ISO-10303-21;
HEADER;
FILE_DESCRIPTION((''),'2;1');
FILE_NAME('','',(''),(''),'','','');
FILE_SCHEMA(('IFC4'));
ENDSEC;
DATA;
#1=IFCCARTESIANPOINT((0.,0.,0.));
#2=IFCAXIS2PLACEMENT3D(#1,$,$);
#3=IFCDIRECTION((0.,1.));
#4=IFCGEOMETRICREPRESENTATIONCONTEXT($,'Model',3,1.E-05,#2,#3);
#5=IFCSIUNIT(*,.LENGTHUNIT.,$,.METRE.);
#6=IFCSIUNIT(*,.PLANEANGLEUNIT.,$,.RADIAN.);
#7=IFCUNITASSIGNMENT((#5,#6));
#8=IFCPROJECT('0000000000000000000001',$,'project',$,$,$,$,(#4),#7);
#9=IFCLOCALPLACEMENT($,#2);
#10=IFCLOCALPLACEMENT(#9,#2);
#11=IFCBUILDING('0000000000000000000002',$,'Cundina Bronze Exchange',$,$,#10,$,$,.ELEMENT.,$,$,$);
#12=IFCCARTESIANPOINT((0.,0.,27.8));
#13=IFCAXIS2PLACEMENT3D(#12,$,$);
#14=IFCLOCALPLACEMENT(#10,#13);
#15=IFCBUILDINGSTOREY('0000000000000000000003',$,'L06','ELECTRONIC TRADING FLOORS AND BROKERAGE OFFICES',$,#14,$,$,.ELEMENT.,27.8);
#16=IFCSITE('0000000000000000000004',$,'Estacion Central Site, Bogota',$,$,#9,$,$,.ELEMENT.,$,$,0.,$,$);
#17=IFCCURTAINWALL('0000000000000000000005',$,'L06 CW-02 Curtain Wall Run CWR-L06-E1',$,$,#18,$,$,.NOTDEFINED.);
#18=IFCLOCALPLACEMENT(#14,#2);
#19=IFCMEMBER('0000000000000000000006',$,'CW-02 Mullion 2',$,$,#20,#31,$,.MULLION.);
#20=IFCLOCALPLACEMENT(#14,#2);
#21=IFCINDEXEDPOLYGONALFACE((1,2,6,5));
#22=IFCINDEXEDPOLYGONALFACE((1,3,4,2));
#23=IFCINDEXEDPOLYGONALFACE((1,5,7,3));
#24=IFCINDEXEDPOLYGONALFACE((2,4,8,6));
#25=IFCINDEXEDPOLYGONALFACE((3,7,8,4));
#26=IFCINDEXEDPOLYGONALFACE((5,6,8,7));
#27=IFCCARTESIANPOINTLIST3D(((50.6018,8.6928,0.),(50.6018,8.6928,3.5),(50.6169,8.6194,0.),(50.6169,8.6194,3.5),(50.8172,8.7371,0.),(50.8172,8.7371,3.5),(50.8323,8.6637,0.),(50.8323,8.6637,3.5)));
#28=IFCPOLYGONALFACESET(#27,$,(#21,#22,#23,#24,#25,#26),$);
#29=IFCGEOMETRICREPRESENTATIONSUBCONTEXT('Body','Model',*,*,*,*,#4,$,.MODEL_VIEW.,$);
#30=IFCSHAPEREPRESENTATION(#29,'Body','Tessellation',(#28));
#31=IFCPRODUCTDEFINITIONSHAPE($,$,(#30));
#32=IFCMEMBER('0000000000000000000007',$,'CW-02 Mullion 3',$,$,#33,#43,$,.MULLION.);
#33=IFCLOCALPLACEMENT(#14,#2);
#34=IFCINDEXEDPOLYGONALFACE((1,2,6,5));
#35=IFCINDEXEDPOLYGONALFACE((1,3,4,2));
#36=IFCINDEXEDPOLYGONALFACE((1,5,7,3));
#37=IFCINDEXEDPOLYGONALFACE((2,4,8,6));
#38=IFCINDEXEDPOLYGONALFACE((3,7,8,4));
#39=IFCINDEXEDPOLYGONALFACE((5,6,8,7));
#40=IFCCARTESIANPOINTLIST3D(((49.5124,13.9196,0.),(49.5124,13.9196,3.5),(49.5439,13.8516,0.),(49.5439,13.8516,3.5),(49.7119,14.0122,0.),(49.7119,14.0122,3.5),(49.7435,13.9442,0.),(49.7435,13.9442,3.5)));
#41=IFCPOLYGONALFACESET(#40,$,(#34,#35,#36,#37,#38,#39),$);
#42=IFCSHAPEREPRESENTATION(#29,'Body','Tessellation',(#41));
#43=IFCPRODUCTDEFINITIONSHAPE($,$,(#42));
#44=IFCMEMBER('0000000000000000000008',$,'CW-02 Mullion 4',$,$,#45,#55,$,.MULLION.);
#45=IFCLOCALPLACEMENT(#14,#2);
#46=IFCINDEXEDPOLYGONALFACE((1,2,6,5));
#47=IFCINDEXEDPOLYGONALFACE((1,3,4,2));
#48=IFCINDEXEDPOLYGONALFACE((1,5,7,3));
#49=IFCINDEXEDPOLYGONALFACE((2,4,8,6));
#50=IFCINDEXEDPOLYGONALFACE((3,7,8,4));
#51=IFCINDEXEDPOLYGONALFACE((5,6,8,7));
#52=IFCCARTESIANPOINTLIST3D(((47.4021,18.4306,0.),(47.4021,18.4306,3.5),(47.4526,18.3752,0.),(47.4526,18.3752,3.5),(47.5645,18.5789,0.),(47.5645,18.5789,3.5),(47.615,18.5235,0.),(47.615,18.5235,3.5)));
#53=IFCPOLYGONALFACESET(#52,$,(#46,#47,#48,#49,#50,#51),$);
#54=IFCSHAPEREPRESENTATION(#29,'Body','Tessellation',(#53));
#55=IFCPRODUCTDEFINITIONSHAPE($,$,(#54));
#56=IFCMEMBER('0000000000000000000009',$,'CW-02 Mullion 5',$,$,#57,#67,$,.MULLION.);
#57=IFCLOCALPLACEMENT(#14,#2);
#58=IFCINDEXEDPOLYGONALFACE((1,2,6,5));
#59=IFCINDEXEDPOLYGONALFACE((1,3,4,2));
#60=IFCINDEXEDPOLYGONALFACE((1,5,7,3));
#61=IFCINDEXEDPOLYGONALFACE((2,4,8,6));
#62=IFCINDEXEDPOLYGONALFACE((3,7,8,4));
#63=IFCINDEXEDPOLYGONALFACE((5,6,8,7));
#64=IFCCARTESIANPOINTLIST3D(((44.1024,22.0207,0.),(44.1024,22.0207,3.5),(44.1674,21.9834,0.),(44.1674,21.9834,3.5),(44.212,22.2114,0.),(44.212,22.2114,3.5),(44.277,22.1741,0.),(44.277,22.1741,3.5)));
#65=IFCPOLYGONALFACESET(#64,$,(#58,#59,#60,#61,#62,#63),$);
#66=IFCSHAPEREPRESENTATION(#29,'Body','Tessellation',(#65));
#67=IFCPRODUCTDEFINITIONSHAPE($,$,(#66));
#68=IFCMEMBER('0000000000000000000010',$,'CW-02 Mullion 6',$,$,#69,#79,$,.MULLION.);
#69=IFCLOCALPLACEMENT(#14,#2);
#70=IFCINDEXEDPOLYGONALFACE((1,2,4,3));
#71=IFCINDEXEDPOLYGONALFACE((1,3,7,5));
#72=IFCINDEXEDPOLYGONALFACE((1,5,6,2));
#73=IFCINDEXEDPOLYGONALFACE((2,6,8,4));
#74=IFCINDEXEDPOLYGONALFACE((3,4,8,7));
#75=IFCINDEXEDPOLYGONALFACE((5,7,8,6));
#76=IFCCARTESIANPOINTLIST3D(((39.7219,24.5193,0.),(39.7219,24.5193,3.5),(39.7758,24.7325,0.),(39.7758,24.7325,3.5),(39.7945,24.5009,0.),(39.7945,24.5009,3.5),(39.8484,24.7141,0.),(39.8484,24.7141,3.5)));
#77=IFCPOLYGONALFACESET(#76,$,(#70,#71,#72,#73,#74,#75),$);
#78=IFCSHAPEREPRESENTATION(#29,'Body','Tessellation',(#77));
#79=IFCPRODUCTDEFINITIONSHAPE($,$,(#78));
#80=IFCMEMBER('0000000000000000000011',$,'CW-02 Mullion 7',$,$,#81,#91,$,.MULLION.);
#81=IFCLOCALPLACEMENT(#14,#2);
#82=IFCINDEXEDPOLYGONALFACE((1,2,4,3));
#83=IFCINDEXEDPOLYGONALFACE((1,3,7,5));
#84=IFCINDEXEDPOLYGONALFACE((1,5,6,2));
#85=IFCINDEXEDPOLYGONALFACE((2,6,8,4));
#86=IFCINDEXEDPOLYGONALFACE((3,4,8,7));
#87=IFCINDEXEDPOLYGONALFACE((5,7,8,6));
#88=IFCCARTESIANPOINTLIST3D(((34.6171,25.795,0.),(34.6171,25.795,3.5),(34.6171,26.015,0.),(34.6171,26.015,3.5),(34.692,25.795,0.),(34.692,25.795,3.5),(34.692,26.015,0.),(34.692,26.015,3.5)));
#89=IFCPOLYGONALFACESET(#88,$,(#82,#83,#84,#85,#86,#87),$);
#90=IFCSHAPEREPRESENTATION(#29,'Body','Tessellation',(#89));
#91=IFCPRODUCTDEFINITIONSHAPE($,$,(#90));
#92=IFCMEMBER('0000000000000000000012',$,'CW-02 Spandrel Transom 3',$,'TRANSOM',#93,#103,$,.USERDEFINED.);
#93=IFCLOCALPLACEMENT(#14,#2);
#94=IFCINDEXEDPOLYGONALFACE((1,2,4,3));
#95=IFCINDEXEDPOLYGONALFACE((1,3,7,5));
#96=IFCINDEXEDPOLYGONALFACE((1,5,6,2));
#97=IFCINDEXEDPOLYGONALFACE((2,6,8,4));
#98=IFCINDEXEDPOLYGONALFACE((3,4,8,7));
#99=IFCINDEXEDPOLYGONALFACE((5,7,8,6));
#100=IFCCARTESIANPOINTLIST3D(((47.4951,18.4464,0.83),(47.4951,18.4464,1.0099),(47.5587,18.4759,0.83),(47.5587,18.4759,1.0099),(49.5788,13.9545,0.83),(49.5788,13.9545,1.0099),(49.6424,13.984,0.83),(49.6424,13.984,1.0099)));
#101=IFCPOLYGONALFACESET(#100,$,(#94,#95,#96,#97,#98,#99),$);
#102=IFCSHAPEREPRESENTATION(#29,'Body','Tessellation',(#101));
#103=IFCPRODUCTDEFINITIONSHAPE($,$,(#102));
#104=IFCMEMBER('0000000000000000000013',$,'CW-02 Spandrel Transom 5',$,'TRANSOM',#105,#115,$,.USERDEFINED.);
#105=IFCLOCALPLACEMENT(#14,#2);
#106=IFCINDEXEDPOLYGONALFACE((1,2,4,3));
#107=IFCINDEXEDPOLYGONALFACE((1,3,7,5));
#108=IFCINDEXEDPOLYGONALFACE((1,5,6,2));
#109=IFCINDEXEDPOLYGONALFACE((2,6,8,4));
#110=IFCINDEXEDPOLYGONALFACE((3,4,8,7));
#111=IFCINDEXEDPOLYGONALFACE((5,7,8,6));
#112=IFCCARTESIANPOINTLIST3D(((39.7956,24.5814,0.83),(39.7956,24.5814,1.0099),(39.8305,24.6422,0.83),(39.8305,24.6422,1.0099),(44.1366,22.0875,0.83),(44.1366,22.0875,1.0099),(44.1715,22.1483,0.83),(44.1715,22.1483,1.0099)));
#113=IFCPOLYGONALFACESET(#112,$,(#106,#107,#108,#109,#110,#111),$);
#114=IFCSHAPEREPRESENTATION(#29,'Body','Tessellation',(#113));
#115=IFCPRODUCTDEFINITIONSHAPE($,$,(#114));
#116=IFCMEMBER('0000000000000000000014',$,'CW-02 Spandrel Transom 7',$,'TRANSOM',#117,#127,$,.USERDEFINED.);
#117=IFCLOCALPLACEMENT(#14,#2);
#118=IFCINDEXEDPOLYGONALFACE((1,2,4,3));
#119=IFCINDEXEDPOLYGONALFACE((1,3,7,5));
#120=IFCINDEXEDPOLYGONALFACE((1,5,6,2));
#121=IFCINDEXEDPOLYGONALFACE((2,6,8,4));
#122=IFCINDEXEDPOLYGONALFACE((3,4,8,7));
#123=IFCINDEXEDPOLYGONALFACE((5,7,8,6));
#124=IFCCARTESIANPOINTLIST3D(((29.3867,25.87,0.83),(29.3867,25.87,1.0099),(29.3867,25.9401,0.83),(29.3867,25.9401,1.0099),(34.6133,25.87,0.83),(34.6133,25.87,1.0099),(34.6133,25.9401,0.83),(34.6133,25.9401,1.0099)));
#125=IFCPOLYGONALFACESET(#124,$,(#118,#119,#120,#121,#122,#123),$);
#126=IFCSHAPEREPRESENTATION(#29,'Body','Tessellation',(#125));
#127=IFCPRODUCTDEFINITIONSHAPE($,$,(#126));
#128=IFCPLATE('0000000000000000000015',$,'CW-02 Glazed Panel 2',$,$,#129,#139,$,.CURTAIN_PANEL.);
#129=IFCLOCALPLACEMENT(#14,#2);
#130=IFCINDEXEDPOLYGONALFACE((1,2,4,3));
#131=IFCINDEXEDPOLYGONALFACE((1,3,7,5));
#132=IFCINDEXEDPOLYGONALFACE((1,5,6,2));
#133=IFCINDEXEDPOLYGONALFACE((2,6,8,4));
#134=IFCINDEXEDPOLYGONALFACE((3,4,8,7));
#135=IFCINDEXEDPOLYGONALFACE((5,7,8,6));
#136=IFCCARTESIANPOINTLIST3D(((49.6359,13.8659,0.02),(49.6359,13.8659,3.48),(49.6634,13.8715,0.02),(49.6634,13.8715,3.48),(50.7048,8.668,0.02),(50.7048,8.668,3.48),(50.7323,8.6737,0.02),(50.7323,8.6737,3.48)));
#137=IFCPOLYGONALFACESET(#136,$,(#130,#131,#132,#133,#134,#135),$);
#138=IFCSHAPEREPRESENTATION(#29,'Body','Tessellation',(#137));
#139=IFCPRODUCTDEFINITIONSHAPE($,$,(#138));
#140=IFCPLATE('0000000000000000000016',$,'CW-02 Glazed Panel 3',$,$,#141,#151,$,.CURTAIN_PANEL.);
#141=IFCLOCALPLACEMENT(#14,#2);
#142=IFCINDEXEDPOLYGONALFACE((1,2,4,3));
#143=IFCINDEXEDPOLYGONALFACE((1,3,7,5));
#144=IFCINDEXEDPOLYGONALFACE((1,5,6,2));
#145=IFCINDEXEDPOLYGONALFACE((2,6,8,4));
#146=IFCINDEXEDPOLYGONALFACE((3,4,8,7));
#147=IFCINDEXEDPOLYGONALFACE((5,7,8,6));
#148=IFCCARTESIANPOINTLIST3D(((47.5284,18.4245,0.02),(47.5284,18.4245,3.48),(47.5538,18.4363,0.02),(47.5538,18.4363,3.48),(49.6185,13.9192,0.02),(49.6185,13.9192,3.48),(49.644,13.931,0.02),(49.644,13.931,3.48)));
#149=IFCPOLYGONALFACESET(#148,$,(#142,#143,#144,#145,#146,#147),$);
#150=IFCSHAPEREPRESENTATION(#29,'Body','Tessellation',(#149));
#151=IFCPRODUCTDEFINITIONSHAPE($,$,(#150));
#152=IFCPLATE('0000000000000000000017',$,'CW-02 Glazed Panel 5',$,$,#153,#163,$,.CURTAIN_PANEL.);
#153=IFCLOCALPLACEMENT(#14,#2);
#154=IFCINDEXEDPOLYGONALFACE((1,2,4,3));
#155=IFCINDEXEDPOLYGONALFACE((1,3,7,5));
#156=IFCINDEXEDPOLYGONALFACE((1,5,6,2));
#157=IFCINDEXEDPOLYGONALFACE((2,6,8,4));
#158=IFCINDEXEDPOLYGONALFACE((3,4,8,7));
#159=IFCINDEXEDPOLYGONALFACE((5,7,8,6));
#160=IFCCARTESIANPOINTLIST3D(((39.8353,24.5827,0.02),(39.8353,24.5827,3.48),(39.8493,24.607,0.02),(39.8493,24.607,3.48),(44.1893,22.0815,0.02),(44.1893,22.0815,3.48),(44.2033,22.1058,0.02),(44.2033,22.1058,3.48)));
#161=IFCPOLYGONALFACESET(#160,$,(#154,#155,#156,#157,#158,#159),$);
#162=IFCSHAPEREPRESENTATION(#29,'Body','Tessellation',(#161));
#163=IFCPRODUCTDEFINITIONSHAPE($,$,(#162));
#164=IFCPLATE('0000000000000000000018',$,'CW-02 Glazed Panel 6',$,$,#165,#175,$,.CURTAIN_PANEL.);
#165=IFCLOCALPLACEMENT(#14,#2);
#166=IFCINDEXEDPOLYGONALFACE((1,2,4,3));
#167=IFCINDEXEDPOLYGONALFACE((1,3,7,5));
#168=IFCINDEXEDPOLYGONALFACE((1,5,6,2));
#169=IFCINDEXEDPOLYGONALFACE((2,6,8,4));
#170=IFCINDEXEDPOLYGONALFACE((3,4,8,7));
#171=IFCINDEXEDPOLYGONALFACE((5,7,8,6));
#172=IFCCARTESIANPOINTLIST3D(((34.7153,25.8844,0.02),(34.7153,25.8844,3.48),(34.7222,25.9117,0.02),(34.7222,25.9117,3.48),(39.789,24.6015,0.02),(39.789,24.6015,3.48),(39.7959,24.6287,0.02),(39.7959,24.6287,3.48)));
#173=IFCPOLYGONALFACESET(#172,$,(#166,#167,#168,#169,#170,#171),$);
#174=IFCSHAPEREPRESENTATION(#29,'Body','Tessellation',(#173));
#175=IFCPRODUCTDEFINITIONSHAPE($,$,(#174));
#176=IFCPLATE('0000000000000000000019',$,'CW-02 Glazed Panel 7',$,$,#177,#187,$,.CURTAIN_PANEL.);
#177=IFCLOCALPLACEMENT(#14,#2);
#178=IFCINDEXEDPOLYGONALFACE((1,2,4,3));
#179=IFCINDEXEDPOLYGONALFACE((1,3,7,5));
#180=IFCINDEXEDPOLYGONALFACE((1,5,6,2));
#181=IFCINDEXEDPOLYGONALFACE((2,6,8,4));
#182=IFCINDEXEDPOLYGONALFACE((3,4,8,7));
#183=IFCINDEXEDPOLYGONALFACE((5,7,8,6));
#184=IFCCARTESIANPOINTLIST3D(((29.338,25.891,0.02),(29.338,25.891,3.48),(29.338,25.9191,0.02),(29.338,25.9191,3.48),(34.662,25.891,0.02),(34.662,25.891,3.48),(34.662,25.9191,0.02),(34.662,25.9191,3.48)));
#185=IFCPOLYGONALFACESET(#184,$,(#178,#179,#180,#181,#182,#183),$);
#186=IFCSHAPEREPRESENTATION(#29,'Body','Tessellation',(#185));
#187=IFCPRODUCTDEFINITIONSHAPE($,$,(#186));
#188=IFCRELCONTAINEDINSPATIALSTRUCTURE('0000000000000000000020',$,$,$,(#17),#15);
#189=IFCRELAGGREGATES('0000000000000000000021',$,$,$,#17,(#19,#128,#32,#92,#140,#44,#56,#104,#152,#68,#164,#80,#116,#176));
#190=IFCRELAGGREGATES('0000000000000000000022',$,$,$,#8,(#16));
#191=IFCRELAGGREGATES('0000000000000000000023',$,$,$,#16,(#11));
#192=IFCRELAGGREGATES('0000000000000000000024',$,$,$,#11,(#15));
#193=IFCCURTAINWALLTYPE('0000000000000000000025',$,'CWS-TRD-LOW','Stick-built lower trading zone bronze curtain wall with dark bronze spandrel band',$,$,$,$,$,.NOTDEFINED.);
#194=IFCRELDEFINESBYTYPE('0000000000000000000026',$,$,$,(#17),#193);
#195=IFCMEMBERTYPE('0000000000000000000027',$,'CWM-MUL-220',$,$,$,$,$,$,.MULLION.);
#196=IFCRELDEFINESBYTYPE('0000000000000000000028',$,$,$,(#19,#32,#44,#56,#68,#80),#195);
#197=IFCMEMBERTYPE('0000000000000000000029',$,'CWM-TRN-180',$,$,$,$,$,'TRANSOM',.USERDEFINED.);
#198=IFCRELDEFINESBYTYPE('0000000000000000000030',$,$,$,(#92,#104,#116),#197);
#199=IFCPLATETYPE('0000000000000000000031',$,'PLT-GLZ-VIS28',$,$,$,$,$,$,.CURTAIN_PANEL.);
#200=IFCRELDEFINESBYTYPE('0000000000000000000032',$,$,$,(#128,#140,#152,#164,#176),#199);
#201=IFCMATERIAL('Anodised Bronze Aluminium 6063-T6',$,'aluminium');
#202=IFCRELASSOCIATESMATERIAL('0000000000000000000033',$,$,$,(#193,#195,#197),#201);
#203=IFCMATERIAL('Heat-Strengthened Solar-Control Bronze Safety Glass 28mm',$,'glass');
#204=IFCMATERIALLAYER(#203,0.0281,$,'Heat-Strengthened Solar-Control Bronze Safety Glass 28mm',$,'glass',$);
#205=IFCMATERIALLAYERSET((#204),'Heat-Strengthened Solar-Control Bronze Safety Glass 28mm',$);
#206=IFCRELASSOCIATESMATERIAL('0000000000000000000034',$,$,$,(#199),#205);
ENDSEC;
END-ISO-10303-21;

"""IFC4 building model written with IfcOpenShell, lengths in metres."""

from ifc_helpers import new_model, si_unit, direction, frame, origin, origin_2d, place, context, subcontext, project, spatial, rectangle, extrude, material, layer, layer_set, material_profile, profile_set, type_object, element, aggregate, save


model = new_model("IFC4")

# Units and contexts
model_context = context("Model", 3, precision=1e-05, world=origin(), true_north=direction((0.0, 1.0)))
body_context = subcontext(model_context, "Body", "Model", "MODEL_VIEW")
ifc_project = project(units=[si_unit("LENGTHUNIT", "METRE"), si_unit("PLANEANGLEUNIT", "RADIAN")], contexts=[model_context])

# Site, building, storey
site_placement = place(None, origin())
site = spatial("IfcSite", under=ifc_project, at=site_placement, Name="Estacion Central Site, Bogota", CompositionType="ELEMENT", RefElevation=0.0)
building_placement = place(site_placement, origin())
building = spatial("IfcBuilding", under=site, at=building_placement, Name="Cundina Bronze Exchange", CompositionType="ELEMENT")
storey_placement = place(building_placement, frame((0.0, 0.0, 27.8)))
storey = spatial("IfcBuildingStorey", under=building, at=storey_placement, Name="L06", Description="ELECTRONIC TRADING FLOORS AND BROKERAGE OFFICES", CompositionType="ELEMENT", Elevation=27.8)

# Curtain wall, members, plates
ifc_material_1 = material(Name="Anodised Bronze Aluminium 6063-T6", Category="aluminium")
curtain_wall_type = type_object("IfcCurtainWallType", Name="CWS-TRD-LOW", Description="Stick-built lower trading zone bronze curtain wall with dark bronze spandrel band", PredefinedType="NOTDEFINED", material=ifc_material_1)
curtain_wall_placement = place(storey_placement, origin())
curtain_wall = element("IfcCurtainWall", 1, at=curtain_wall_placement, inside=storey, type_object=curtain_wall_type, Name="L06 CW-02 Curtain Wall Run CWR-L06-E1", PredefinedType="NOTDEFINED")
ifc_material_profile_1 = material_profile(ifc_material_1, rectangle(XDim=0.075, YDim=0.22, at=origin_2d()), Name="AL75X220", Category="aluminium")
ifc_profile_set_1 = profile_set([ifc_material_profile_1], Name="Anodised Bronze Aluminium 6063-T6")
member_type_1 = type_object("IfcMemberType", Name="CWM-MUL-220", PredefinedType="MULLION", material=ifc_profile_set_1)
member_1_placement = place(storey_placement, frame((50.717, 8.6782, 0.0), z_axis=(0.0, 0.0, 1.0), x_axis=(-0.20142, 0.979505, 0.0)))
member_1 = element("IfcMember", 2, at=member_1_placement, type_object=member_type_1, Name="CW-02 Mullion 2", PredefinedType="MULLION", context=body_context, shape_type="SweptSolid", body=[
    extrude(rectangle(XDim=0.075, YDim=0.22, at=origin_2d()), origin(), (0.0, 0.0, 1.0), 3.5),
])
member_2_placement = place(storey_placement, frame((49.6279, 13.9319, 0.0), z_axis=(0.0, 0.0, 1.0), x_axis=(-0.420877, 0.907117, 0.0)))
member_2 = element("IfcMember", 3, at=member_2_placement, type_object=member_type_1, Name="CW-02 Mullion 3", PredefinedType="MULLION", context=body_context, shape_type="SweptSolid", body=[
    extrude(rectangle(XDim=0.075, YDim=0.22, at=origin_2d()), origin(), (0.0, 0.0, 1.0), 3.5),
])
member_3_placement = place(storey_placement, frame((47.5085, 18.4771, 0.0), z_axis=(0.0, 0.0, 1.0), x_axis=(-0.674302, 0.738455, 0.0)))
member_3 = element("IfcMember", 4, at=member_3_placement, type_object=member_type_1, Name="CW-02 Mullion 4", PredefinedType="MULLION", context=body_context, shape_type="SweptSolid", body=[
    extrude(rectangle(XDim=0.075, YDim=0.22, at=origin_2d()), origin(), (0.0, 0.0, 1.0), 3.5),
])
member_4_placement = place(storey_placement, frame((44.1897, 22.0974, 0.0), z_axis=(0.0, 0.0, 1.0), x_axis=(-0.867071, 0.498185, 0.0)))
member_4 = element("IfcMember", 5, at=member_4_placement, type_object=member_type_1, Name="CW-02 Mullion 5", PredefinedType="MULLION", context=body_context, shape_type="SweptSolid", body=[
    extrude(rectangle(XDim=0.075, YDim=0.22, at=origin_2d()), origin(), (0.0, 0.0, 1.0), 3.5),
])
member_5_placement = place(storey_placement, frame((39.7852, 24.6167, 0.0), z_axis=(0.0, 0.0, 1.0), x_axis=(-0.969488, 0.245138, 0.0)))
member_5 = element("IfcMember", 6, at=member_5_placement, type_object=member_type_1, Name="CW-02 Mullion 6", PredefinedType="MULLION", context=body_context, shape_type="SweptSolid", body=[
    extrude(rectangle(XDim=0.075, YDim=0.22, at=origin_2d()), origin(), (0.0, 0.0, 1.0), 3.5),
])
member_6_placement = place(storey_placement, frame((34.6545, 25.905, 0.0), z_axis=(0.0, 0.0, 1.0), x_axis=(-1.0, 0.0, 0.0)))
member_6 = element("IfcMember", 7, at=member_6_placement, type_object=member_type_1, Name="CW-02 Mullion 7", PredefinedType="MULLION", context=body_context, shape_type="SweptSolid", body=[
    extrude(rectangle(XDim=0.075, YDim=0.22, at=origin_2d()), origin(), (0.0, 0.0, 1.0), 3.5),
])
ifc_material_profile_2 = material_profile(ifc_material_1, rectangle(XDim=0.0701, YDim=0.1799, at=origin_2d()), Name="AL70X180", Category="aluminium")
ifc_profile_set_2 = profile_set([ifc_material_profile_2], Name="Anodised Bronze Aluminium 6063-T6")
member_type_2 = type_object("IfcMemberType", Name="CWM-TRN-180", ElementType="TRANSOM", PredefinedType="USERDEFINED", material=ifc_profile_set_2)
member_7_placement = place(storey_placement, frame((49.6106, 13.9692, 0.9199), z_axis=(-0.420811, 0.907148, 0.0), x_axis=(-0.907148, -0.420811, 0.0)))
member_7 = element("IfcMember", 8, at=member_7_placement, type_object=member_type_2, Name="CW-02 Spandrel Transom 3", ObjectType="TRANSOM", PredefinedType="USERDEFINED", context=body_context, shape_type="SweptSolid", body=[
    extrude(rectangle(XDim=0.0701, YDim=0.1799, at=origin_2d()), origin(), (0.0, 0.0, 1.0), 4.9517),
])
member_8_placement = place(storey_placement, frame((44.1541, 22.1179, 0.9199), z_axis=(-0.867097, 0.498139, 0.0), x_axis=(-0.498139, -0.867097, 0.0)))
member_8 = element("IfcMember", 9, at=member_8_placement, type_object=member_type_2, Name="CW-02 Spandrel Transom 5", ObjectType="TRANSOM", PredefinedType="USERDEFINED", context=body_context, shape_type="SweptSolid", body=[
    extrude(rectangle(XDim=0.0701, YDim=0.1799, at=origin_2d()), origin(), (0.0, 0.0, 1.0), 5.0063),
])
member_9_placement = place(storey_placement, frame((34.6133, 25.905, 0.9199), z_axis=(-1.0, 0.0, 0.0), x_axis=(0.0, -1.0, 0.0)))
member_9 = element("IfcMember", 10, at=member_9_placement, type_object=member_type_2, Name="CW-02 Spandrel Transom 7", ObjectType="TRANSOM", PredefinedType="USERDEFINED", context=body_context, shape_type="SweptSolid", body=[
    extrude(rectangle(XDim=0.0701, YDim=0.1799, at=origin_2d()), origin(), (0.0, 0.0, 1.0), 5.2266),
])
ifc_material_2 = material(Name="Heat-Strengthened Solar-Control Bronze Safety Glass 28mm", Category="glass")
ifc_layer_1 = layer(ifc_material_2, 0.0281, Name="Heat-Strengthened Solar-Control Bronze Safety Glass 28mm", Category="glass")
ifc_layer_set_1 = layer_set([ifc_layer_1], Name="Heat-Strengthened Solar-Control Bronze Safety Glass 28mm")
plate_type_1 = type_object("IfcPlateType", Name="PLT-GLZ-VIS28", PredefinedType="CURTAIN_PANEL", material=ifc_layer_set_1)
plate_1_placement = place(storey_placement, frame((50.1841, 11.2698, 0.02), z_axis=(0.0, 0.0, 1.0), x_axis=(-0.20142, 0.979505, 0.0)))
plate_1 = element("IfcPlate", 11, at=plate_1_placement, type_object=plate_type_1, Name="CW-02 Glazed Panel 2", PredefinedType="CURTAIN_PANEL", context=body_context, shape_type="SweptSolid", body=[
    extrude(rectangle(XDim=5.3066, YDim=0.0281, at=origin_2d()), origin(), (0.0, 0.0, 1.0), 3.46),
])
plate_2_placement = place(storey_placement, frame((48.5862, 16.1777, 0.02), z_axis=(0.0, 0.0, 1.0), x_axis=(-0.420846, 0.907132, 0.0)))
plate_2 = element("IfcPlate", 12, at=plate_2_placement, type_object=plate_type_1, Name="CW-02 Glazed Panel 3", PredefinedType="CURTAIN_PANEL", context=body_context, shape_type="SweptSolid", body=[
    extrude(rectangle(XDim=4.9666, YDim=0.0281, at=origin_2d()), origin(), (0.0, 0.0, 1.0), 3.46),
])
plate_3_placement = place(storey_placement, frame((42.0193, 23.3442, 0.02), z_axis=(0.0, 0.0, 1.0), x_axis=(-0.867105, 0.498125, 0.0)))
plate_3 = element("IfcPlate", 13, at=plate_3_placement, type_object=plate_type_1, Name="CW-02 Glazed Panel 5", PredefinedType="CURTAIN_PANEL", context=body_context, shape_type="SweptSolid", body=[
    extrude(rectangle(XDim=5.0212, YDim=0.0281, at=origin_2d()), origin(), (0.0, 0.0, 1.0), 3.46),
])
plate_4_placement = place(storey_placement, frame((37.2556, 25.2566, 0.02), z_axis=(0.0, 0.0, 1.0), x_axis=(-0.969488, 0.245138, 0.0)))
plate_4 = element("IfcPlate", 14, at=plate_4_placement, type_object=plate_type_1, Name="CW-02 Glazed Panel 6", PredefinedType="CURTAIN_PANEL", context=body_context, shape_type="SweptSolid", body=[
    extrude(rectangle(XDim=5.2334, YDim=0.0281, at=origin_2d()), origin(), (0.0, 0.0, 1.0), 3.46),
])
plate_5_placement = place(storey_placement, frame((32.0, 25.905, 0.02), z_axis=(0.0, 0.0, 1.0), x_axis=(-1.0, 0.0, 0.0)))
plate_5 = element("IfcPlate", 15, at=plate_5_placement, type_object=plate_type_1, Name="CW-02 Glazed Panel 7", PredefinedType="CURTAIN_PANEL", context=body_context, shape_type="SweptSolid", body=[
    extrude(rectangle(XDim=5.324, YDim=0.0281, at=origin_2d()), origin(), (0.0, 0.0, 1.0), 3.46),
])
aggregate(curtain_wall, [member_1, plate_1, member_2, member_7, plate_2, member_3, member_4, member_8, plate_3, member_5, plate_4, member_6, member_9, plate_5])

save(model, "model.ifc")
